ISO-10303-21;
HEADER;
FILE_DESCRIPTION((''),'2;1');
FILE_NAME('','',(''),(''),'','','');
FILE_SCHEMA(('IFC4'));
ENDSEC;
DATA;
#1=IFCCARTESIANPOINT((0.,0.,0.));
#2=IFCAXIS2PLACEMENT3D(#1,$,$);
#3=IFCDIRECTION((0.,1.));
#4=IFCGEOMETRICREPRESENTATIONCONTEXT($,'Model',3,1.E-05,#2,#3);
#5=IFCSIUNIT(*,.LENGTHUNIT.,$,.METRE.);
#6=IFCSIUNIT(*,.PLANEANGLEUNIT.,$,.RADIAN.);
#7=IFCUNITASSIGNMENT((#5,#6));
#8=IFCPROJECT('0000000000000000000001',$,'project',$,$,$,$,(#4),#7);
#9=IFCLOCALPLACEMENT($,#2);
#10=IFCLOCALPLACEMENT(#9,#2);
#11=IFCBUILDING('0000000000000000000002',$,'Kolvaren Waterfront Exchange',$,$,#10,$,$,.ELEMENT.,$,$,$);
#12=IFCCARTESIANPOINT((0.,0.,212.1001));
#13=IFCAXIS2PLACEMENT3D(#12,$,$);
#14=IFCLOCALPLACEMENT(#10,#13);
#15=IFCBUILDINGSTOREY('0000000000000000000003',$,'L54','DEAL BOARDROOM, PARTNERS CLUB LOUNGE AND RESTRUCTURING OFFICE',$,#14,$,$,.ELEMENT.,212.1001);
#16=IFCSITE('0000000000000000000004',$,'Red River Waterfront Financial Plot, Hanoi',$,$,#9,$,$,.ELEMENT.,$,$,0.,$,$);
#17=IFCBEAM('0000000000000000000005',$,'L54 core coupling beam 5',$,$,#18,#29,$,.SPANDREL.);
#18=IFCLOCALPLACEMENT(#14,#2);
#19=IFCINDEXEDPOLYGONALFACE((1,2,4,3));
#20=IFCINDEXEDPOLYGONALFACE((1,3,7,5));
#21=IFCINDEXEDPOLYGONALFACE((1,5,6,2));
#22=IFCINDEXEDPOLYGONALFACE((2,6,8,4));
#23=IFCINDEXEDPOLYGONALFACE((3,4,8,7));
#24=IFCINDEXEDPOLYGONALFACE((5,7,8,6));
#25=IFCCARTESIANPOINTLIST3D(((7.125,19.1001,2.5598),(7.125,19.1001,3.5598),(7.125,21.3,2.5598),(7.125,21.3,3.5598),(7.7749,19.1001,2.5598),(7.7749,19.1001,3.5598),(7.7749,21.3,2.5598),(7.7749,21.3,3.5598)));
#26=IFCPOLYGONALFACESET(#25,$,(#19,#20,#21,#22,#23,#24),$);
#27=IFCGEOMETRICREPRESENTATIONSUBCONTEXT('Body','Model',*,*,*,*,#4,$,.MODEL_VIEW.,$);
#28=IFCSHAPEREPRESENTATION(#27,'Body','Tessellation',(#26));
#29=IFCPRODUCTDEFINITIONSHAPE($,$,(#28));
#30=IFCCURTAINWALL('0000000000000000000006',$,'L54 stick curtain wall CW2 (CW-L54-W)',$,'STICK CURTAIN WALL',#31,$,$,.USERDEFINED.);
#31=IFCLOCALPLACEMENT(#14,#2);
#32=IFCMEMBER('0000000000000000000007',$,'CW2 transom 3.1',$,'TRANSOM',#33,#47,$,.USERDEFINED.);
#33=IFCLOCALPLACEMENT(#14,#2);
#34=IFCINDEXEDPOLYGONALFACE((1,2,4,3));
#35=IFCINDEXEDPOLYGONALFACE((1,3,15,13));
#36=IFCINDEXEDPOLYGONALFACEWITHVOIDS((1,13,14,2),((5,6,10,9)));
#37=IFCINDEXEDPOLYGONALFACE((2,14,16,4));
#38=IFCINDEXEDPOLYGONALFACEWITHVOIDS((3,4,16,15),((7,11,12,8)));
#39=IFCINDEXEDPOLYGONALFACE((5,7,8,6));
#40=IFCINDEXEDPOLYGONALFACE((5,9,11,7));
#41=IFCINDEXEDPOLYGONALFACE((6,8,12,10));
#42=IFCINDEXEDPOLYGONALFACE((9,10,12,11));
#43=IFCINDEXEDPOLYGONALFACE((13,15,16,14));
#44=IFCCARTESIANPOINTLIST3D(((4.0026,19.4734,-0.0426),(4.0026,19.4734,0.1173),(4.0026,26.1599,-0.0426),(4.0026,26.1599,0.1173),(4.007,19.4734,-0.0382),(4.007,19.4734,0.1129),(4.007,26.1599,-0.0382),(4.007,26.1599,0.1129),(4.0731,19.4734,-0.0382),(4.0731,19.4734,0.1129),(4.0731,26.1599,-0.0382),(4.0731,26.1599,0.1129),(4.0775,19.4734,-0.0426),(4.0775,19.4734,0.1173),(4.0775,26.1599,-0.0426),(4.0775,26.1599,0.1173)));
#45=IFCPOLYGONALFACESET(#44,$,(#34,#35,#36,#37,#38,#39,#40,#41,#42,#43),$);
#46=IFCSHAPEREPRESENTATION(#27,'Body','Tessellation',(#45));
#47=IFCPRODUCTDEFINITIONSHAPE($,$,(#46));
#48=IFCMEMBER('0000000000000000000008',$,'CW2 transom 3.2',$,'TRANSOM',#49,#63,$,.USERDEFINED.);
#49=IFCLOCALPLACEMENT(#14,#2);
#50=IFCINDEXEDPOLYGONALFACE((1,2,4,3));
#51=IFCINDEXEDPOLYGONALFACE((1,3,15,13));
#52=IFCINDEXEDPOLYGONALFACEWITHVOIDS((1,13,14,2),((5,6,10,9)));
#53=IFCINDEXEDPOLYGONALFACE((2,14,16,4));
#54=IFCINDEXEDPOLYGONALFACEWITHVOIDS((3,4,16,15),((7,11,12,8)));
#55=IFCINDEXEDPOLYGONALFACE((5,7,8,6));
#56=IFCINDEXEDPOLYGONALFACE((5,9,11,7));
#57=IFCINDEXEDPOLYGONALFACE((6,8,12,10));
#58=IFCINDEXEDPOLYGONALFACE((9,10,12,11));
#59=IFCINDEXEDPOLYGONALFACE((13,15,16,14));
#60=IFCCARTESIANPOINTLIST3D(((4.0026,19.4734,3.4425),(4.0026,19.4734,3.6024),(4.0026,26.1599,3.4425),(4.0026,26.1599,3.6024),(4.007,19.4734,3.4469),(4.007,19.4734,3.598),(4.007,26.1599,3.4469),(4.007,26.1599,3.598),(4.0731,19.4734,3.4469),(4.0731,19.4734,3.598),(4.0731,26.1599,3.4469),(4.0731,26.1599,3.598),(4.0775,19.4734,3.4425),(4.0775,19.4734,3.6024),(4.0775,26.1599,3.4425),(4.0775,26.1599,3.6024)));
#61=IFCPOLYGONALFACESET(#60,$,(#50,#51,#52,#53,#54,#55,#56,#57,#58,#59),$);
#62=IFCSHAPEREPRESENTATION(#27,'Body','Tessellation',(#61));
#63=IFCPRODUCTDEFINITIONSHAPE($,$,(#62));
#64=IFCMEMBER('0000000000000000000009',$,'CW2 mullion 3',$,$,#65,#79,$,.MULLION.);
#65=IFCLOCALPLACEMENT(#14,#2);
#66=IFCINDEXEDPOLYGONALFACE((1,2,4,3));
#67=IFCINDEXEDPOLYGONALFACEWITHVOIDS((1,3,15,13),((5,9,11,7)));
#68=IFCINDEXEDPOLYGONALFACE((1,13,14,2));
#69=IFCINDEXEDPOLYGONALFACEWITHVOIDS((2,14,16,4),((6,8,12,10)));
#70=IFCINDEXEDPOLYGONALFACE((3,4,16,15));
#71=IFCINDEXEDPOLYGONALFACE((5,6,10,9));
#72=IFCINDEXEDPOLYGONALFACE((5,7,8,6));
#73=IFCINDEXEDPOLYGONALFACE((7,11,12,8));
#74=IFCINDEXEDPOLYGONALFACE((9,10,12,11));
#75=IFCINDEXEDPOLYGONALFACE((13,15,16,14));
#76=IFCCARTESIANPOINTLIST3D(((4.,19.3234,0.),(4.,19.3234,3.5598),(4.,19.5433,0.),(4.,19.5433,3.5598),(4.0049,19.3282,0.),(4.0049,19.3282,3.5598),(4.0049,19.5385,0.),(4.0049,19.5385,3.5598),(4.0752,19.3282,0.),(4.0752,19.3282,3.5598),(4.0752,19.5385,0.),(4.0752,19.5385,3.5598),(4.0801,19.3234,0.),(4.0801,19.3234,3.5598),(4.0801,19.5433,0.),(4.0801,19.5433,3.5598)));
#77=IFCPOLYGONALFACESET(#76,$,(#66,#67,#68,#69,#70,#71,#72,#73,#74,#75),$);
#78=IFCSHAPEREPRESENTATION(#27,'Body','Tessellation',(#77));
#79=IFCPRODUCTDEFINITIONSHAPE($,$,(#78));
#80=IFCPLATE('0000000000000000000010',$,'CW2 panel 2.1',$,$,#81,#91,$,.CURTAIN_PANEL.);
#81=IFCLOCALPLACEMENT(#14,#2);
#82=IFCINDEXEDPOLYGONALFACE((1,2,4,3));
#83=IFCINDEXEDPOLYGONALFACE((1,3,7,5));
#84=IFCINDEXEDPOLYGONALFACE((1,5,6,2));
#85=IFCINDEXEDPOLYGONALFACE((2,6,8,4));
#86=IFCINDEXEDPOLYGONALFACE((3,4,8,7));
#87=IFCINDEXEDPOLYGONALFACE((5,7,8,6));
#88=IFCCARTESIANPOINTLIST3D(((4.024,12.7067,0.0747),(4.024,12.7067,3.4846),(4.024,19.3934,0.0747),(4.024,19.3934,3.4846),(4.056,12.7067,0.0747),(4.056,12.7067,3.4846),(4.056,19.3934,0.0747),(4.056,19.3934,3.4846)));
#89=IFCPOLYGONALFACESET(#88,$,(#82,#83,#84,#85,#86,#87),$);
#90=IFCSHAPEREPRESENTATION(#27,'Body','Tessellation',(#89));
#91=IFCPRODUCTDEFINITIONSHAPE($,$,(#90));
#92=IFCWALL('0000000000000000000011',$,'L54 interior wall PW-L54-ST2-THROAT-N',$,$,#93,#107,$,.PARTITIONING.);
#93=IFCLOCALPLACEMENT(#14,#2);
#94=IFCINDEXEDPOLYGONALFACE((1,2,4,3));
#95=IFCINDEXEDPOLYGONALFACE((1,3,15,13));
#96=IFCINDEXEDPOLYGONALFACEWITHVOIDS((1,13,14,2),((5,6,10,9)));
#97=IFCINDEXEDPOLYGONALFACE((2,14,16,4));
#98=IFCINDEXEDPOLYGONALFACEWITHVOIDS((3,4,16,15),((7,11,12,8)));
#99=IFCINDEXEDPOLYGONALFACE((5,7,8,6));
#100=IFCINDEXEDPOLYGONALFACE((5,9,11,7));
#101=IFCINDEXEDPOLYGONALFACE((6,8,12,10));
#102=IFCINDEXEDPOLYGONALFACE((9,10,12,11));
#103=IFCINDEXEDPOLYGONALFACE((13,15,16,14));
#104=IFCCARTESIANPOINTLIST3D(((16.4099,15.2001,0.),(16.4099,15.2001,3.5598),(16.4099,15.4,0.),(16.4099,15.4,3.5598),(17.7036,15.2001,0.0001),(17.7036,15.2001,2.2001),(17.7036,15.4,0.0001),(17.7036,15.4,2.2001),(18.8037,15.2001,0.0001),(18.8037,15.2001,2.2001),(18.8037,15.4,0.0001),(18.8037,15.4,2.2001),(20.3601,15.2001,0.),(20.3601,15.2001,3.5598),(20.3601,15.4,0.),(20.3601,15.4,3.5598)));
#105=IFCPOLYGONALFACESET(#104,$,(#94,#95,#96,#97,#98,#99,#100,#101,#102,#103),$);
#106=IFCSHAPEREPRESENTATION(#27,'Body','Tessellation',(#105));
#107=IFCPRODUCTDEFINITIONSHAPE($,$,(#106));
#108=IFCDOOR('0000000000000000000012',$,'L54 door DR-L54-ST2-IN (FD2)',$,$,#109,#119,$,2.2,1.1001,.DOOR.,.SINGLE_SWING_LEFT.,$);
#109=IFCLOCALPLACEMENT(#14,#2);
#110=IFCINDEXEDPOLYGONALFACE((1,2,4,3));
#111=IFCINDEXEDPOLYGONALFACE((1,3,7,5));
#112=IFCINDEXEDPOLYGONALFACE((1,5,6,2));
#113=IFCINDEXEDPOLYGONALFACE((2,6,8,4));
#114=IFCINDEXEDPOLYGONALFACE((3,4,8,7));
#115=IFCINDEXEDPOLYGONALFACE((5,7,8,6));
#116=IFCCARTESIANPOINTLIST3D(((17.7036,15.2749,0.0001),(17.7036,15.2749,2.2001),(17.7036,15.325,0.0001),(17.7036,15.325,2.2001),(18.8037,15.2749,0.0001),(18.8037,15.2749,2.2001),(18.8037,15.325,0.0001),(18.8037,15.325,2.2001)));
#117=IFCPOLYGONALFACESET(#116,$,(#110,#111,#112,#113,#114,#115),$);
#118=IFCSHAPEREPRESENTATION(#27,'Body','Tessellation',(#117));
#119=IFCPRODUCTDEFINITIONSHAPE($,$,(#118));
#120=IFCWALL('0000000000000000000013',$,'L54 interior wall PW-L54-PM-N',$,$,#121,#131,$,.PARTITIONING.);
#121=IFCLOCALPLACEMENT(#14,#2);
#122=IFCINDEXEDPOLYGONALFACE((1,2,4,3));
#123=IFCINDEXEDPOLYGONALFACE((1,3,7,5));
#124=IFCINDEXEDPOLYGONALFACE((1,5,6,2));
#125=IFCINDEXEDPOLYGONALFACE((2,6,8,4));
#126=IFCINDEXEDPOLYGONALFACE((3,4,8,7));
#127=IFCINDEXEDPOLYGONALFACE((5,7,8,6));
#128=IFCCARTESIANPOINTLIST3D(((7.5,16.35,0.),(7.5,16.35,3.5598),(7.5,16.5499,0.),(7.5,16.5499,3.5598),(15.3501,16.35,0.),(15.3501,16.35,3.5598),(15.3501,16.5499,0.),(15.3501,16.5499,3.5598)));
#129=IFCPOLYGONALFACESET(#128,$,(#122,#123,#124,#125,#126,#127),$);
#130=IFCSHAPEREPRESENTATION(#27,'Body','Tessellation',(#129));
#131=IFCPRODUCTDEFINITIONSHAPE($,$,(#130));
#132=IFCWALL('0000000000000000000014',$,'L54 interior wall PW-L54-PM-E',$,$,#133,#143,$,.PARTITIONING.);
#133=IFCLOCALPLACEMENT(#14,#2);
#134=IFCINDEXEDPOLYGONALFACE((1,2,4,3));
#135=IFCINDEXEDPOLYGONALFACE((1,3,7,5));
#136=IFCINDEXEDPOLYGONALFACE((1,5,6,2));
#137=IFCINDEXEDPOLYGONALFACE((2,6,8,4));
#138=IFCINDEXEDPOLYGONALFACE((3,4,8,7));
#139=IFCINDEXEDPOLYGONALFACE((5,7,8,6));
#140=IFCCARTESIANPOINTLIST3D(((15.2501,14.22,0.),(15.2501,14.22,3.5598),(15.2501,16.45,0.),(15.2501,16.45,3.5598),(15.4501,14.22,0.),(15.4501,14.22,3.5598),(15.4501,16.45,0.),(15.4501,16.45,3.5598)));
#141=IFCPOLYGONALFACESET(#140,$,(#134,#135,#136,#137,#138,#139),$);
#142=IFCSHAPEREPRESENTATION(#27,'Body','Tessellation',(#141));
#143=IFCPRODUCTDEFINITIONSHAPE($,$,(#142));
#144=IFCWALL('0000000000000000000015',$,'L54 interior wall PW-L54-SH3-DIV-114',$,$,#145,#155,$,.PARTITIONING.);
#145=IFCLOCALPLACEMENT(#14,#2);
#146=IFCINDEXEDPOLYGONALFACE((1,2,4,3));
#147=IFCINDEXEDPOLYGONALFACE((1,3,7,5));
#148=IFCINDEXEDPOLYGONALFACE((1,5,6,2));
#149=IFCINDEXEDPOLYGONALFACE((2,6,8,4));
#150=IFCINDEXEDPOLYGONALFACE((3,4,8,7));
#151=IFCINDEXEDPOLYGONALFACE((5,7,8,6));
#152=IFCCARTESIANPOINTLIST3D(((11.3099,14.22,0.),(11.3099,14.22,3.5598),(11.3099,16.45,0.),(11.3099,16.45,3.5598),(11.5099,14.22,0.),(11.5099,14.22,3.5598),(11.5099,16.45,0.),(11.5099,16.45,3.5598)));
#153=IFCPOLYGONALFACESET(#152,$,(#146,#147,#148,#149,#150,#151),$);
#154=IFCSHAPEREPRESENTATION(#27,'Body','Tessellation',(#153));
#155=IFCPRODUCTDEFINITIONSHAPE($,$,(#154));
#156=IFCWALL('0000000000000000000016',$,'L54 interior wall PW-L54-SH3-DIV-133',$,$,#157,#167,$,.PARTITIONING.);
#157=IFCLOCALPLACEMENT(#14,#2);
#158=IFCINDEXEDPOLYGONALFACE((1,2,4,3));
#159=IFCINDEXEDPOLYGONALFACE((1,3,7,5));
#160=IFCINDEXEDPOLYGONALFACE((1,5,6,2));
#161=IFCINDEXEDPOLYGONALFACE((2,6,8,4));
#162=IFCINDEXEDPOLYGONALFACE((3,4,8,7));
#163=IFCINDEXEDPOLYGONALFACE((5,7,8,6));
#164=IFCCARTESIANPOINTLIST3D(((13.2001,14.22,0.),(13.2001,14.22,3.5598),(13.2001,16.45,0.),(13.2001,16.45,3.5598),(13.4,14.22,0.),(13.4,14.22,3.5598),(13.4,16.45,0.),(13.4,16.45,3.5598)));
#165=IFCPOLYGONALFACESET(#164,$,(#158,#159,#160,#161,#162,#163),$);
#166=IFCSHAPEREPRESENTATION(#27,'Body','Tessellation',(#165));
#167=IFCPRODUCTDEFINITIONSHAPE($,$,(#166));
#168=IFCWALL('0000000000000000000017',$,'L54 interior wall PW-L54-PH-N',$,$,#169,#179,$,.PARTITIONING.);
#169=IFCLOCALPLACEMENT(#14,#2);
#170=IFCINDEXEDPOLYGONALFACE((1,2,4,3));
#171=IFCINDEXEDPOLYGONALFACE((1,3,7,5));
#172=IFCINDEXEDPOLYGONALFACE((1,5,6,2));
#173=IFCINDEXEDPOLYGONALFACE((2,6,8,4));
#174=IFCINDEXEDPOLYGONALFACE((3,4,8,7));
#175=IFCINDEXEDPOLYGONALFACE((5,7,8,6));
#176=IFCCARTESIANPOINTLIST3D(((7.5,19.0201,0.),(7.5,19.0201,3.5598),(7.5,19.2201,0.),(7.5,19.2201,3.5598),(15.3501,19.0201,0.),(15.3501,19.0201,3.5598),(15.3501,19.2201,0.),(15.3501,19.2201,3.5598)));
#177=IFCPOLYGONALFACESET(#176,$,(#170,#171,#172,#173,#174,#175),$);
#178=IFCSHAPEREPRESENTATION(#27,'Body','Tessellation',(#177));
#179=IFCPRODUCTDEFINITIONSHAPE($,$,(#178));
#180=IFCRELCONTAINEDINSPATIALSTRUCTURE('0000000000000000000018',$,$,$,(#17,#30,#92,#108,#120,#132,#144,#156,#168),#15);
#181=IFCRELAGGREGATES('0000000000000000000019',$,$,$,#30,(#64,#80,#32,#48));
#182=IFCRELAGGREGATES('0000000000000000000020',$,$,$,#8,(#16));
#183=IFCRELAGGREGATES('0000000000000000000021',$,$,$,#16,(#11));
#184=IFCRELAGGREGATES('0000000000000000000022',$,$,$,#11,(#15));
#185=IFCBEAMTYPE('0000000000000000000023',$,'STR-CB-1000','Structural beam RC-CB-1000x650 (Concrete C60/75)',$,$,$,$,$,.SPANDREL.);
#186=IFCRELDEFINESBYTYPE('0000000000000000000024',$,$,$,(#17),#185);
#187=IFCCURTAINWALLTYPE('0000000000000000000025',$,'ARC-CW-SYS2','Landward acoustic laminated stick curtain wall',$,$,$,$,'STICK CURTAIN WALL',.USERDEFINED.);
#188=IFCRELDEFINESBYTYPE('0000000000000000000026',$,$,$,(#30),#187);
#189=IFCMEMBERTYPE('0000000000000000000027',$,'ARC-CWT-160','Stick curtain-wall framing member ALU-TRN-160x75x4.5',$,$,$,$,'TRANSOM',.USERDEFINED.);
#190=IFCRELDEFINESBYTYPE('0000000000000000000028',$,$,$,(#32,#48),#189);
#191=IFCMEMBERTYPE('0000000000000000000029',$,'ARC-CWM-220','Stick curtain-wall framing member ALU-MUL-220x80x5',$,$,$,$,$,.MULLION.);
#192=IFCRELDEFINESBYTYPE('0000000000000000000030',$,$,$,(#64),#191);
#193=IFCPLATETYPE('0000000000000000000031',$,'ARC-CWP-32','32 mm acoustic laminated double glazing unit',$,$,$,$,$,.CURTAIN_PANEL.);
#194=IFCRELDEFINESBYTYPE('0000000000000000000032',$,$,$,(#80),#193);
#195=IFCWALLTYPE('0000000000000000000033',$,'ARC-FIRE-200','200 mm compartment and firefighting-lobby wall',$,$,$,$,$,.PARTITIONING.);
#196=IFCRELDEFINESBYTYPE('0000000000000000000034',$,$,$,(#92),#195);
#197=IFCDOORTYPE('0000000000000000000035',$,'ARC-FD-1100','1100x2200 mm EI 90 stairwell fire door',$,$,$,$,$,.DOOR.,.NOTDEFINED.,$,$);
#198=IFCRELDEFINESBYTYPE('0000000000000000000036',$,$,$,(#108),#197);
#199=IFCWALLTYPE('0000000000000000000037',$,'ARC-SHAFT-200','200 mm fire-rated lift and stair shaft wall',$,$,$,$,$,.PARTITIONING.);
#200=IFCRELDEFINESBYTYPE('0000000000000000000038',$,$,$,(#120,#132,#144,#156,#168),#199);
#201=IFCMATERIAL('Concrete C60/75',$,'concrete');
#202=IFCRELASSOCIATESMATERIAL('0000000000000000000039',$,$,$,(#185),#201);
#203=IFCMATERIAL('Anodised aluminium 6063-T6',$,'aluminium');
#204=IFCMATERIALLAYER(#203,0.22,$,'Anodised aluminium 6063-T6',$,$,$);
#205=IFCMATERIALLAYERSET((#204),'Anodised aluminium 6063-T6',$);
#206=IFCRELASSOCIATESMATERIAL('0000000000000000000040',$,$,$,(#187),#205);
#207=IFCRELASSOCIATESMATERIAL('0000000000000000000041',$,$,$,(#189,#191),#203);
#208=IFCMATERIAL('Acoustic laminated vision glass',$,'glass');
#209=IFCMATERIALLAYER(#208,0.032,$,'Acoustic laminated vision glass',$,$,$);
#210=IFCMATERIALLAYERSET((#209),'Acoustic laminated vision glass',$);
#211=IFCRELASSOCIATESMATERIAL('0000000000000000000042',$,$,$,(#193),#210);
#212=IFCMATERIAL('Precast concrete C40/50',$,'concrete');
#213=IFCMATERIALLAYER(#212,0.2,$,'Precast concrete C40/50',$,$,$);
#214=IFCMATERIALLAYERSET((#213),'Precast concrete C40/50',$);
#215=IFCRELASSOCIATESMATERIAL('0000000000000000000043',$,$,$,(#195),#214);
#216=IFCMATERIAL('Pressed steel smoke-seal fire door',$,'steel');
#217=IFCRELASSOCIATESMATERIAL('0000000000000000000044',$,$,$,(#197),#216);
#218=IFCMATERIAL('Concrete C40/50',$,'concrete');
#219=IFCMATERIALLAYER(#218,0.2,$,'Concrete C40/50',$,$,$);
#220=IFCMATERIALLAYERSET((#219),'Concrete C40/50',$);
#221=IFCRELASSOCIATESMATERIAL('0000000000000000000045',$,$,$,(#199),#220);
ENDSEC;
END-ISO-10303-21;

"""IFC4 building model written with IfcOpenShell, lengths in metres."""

from ifc_helpers import new_model, si_unit, direction, frame, frame_2d, origin, origin_with_axes, origin_2d, place, context, subcontext, project, spatial, rectangle, hollow_rectangle, extrude, source, transform, mapped, material, layer, layer_set, material_profile, profile_set, type_object, element, fill, aggregate, save


model = new_model("IFC4")

# Units and contexts
model_context = context("Model", 3, precision=1e-05, world=origin(), true_north=direction((0.0, 1.0)))
body_context = subcontext(model_context, "Body", "Model", "MODEL_VIEW")
ifc_project = project(units=[si_unit("LENGTHUNIT", "METRE"), si_unit("PLANEANGLEUNIT", "RADIAN")], contexts=[model_context])

# Site, building, storey
site_placement = place(None, origin())
site = spatial("IfcSite", under=ifc_project, at=site_placement, Name="Red River Waterfront Financial Plot, Hanoi", CompositionType="ELEMENT", RefElevation=0.0)
building_placement = place(site_placement, origin())
building = spatial("IfcBuilding", under=site, at=building_placement, Name="Kolvaren Waterfront Exchange", CompositionType="ELEMENT")
storey_placement = place(building_placement, frame((0.0, 0.0, 212.1001)))
storey = spatial("IfcBuildingStorey", under=building, at=storey_placement, Name="L54", Description="DEAL BOARDROOM, PARTNERS CLUB LOUNGE AND RESTRUCTURING OFFICE", CompositionType="ELEMENT", Elevation=212.1001)

# Beam
ifc_material_1 = material(Name="Concrete C60/75", Category="concrete")
ifc_material_profile_1 = material_profile(ifc_material_1, rectangle(XDim=0.6499, YDim=1.0, at=origin_2d()), Name="RC-CB-1000x650")
ifc_profile_set_1 = profile_set([ifc_material_profile_1], Name="Concrete C60/75")
beam_type = type_object("IfcBeamType", Name="STR-CB-1000", Description="Structural beam RC-CB-1000x650 (Concrete C60/75)", PredefinedType="SPANDREL", material=ifc_profile_set_1)
beam_placement = place(storey_placement, frame((7.45, 19.1001, 3.0598), z_axis=(0.0, 1.0, 0.0), x_axis=(-1.0, 0.0, 0.0)))
element("IfcBeam", 1, at=beam_placement, inside=storey, type_object=beam_type, Name="L54 core coupling beam 5", PredefinedType="SPANDREL", context=body_context, shape_type="SweptSolid", body=[
    extrude(rectangle(XDim=0.6499, YDim=1.0, at=origin_2d()), origin(), (0.0, 0.0, 1.0), 2.2),
])

# Curtain wall, members, plate
ifc_material_2 = material(Name="Anodised aluminium 6063-T6", Category="aluminium")
ifc_layer_1 = layer(ifc_material_2, 0.22, Name="Anodised aluminium 6063-T6")
ifc_layer_set_1 = layer_set([ifc_layer_1], Name="Anodised aluminium 6063-T6")
curtain_wall_type = type_object("IfcCurtainWallType", Name="ARC-CW-SYS2", Description="Landward acoustic laminated stick curtain wall", ElementType="STICK CURTAIN WALL", PredefinedType="USERDEFINED", material=ifc_layer_set_1)
curtain_wall_placement = place(storey_placement, origin())
curtain_wall = element("IfcCurtainWall", 2, at=curtain_wall_placement, inside=storey, type_object=curtain_wall_type, Name="L54 stick curtain wall CW2 (CW-L54-W)", ObjectType="STICK CURTAIN WALL", PredefinedType="USERDEFINED")
ifc_material_profile_2 = material_profile(ifc_material_2, hollow_rectangle(XDim=0.075, YDim=0.1599, WallThickness=0.0044, at=origin_2d()), Name="ALU-TRN-160x75x4.5")
ifc_profile_set_2 = profile_set([ifc_material_profile_2], Name="Anodised aluminium 6063-T6")
member_type_1 = type_object("IfcMemberType", Name="ARC-CWT-160", Description="Stick curtain-wall framing member ALU-TRN-160x75x4.5", ElementType="TRANSOM", PredefinedType="USERDEFINED", material=ifc_profile_set_2)
shared_shape_1 = source(origin_with_axes(), body_context, "Body", "SweptSolid", [
    extrude(hollow_rectangle(XDim=0.075, YDim=0.1599, WallThickness=0.0044, at=origin_2d()), origin(), (0.0, 0.0, 1.0), 6.6865),
])
member_1_placement = place(storey_placement, frame((4.04, 19.4734, 0.0374), z_axis=(0.0, 1.0, 0.0), x_axis=(-1.0, 0.0, 0.0)))
member_1 = element("IfcMember", 3, at=member_1_placement, type_object=member_type_1, Name="CW2 transom 3.1", ObjectType="TRANSOM", PredefinedType="USERDEFINED", context=body_context, shape_type="MappedRepresentation", body=[
    mapped(shared_shape_1, transform((0.0, 0.0, 0.0), x_axis=(1.0, 0.0, 0.0), y_axis=(0.0, 1.0, 0.0), z_axis=(0.0, 0.0, 1.0), scale=1.0)),
])
member_2_placement = place(storey_placement, frame((4.04, 19.4734, 3.5225), z_axis=(0.0, 1.0, 0.0), x_axis=(-1.0, 0.0, 0.0)))
member_2 = element("IfcMember", 4, at=member_2_placement, type_object=member_type_1, Name="CW2 transom 3.2", ObjectType="TRANSOM", PredefinedType="USERDEFINED", context=body_context, shape_type="MappedRepresentation", body=[
    mapped(shared_shape_1, transform((0.0, 0.0, 0.0), x_axis=(1.0, 0.0, 0.0), y_axis=(0.0, 1.0, 0.0), z_axis=(0.0, 0.0, 1.0), scale=1.0)),
])
ifc_material_profile_3 = material_profile(ifc_material_2, hollow_rectangle(XDim=0.0801, YDim=0.22, WallThickness=0.0049, at=origin_2d()), Name="ALU-MUL-220x80x5")
ifc_profile_set_3 = profile_set([ifc_material_profile_3], Name="Anodised aluminium 6063-T6")
member_type_2 = type_object("IfcMemberType", Name="ARC-CWM-220", Description="Stick curtain-wall framing member ALU-MUL-220x80x5", PredefinedType="MULLION", material=ifc_profile_set_3)
shared_shape_2 = source(origin_with_axes(), body_context, "Body", "SweptSolid", [
    extrude(hollow_rectangle(XDim=0.0801, YDim=0.22, WallThickness=0.0049, at=origin_2d()), origin(), (0.0, 0.0, 1.0), 3.5598),
])
member_3_placement = place(storey_placement, frame((4.04, 19.4333, 0.0), z_axis=(0.0, 0.0, 1.0), x_axis=(-1.0, 0.0, 0.0)))
member_3 = element("IfcMember", 5, at=member_3_placement, type_object=member_type_2, Name="CW2 mullion 3", PredefinedType="MULLION", context=body_context, shape_type="MappedRepresentation", body=[
    mapped(shared_shape_2, transform((0.0, 0.0, 0.0), x_axis=(1.0, 0.0, 0.0), y_axis=(0.0, 1.0, 0.0), z_axis=(0.0, 0.0, 1.0), scale=1.0)),
])
ifc_material_3 = material(Name="Acoustic laminated vision glass", Category="glass")
ifc_layer_2 = layer(ifc_material_3, 0.032, Name="Acoustic laminated vision glass")
ifc_layer_set_2 = layer_set([ifc_layer_2], Name="Acoustic laminated vision glass")
plate_type = type_object("IfcPlateType", Name="ARC-CWP-32", Description="32 mm acoustic laminated double glazing unit", PredefinedType="CURTAIN_PANEL", material=ifc_layer_set_2)
shared_shape_3 = source(origin_with_axes(), body_context, "Body", "SweptSolid", [
    extrude(rectangle(XDim=6.6868, YDim=0.032, at=origin_2d()), origin(), (0.0, 0.0, 1.0), 3.4099),
])
plate_placement = place(storey_placement, frame((4.04, 16.05, 0.0747), z_axis=(0.0, 0.0, 1.0), x_axis=(0.0, 1.0, 0.0)))
plate = element("IfcPlate", 6, at=plate_placement, type_object=plate_type, Name="CW2 panel 2.1", PredefinedType="CURTAIN_PANEL", context=body_context, shape_type="MappedRepresentation", body=[
    mapped(shared_shape_3, transform((0.0, 0.0, 0.0), x_axis=(1.0, 0.0, 0.0), y_axis=(0.0, 1.0, 0.0), z_axis=(0.0, 0.0, 1.0), scale=1.0)),
])
aggregate(curtain_wall, [member_3, plate, member_1, member_2])

# Wall, opening, door
ifc_material_4 = material(Name="Precast concrete C40/50", Category="concrete")
ifc_layer_3 = layer(ifc_material_4, 0.2, Name="Precast concrete C40/50")
ifc_layer_set_3 = layer_set([ifc_layer_3], Name="Precast concrete C40/50")
wall_type_1 = type_object("IfcWallType", Name="ARC-FIRE-200", Description="200 mm compartment and firefighting-lobby wall", PredefinedType="PARTITIONING", material=ifc_layer_set_3)
wall_1_placement = place(storey_placement, frame((16.4099, 15.3, 0.0), z_axis=(0.0, 0.0, 1.0), x_axis=(1.0, 0.0, 0.0)))
wall_1 = element("IfcWall", 7, at=wall_1_placement, inside=storey, type_object=wall_type_1, Name="L54 interior wall PW-L54-ST2-THROAT-N", PredefinedType="PARTITIONING", context=body_context, shape_type="SweptSolid", body=[
    extrude(rectangle(XDim=3.9502, YDim=0.2, at=frame_2d((1.9751, 0.0))), origin(), (0.0, 0.0, 1.0), 3.5598),
])
opening_placement = place(wall_1_placement, frame((1.2937, 0.0, 0.0)))
opening = element("IfcOpeningElement", 8, at=opening_placement, cuts=wall_1, PredefinedType="OPENING", context=body_context, shape_type="SweptSolid", body=[
    extrude(rectangle(XDim=1.1001, YDim=2.2, at=frame_2d((0.55, 1.1001))), frame((0.0, 0.1099, 0.0), z_axis=(0.0, -1.0, 0.0), x_axis=(1.0, 0.0, 0.0)), (0.0, 0.0, 1.0), 0.22),
])
ifc_material_5 = material(Name="Pressed steel smoke-seal fire door", Category="steel")
door_type = type_object("IfcDoorType", Name="ARC-FD-1100", Description="1100x2200 mm EI 90 stairwell fire door", OperationType="NOTDEFINED", PredefinedType="DOOR", material=ifc_material_5)
door_placement = place(opening_placement, origin())
door = element("IfcDoor", 9, at=door_placement, inside=storey, type_object=door_type, Name="L54 door DR-L54-ST2-IN (FD2)", OperationType="SINGLE_SWING_LEFT", OverallHeight=2.2, OverallWidth=1.1001, PredefinedType="DOOR", context=body_context, shape_type="SweptSolid", body=[
    extrude(rectangle(XDim=1.1001, YDim=2.2, at=frame_2d((0.55, 1.1001))), frame((0.0, 0.0249, 0.0), z_axis=(0.0, -1.0, 0.0), x_axis=(1.0, 0.0, 0.0)), (0.0, 0.0, 1.0), 0.05),
])
fill(opening, door)

# Walls
ifc_material_6 = material(Name="Concrete C40/50", Category="concrete")
ifc_layer_4 = layer(ifc_material_6, 0.2, Name="Concrete C40/50")
ifc_layer_set_4 = layer_set([ifc_layer_4], Name="Concrete C40/50")
wall_type_2 = type_object("IfcWallType", Name="ARC-SHAFT-200", Description="200 mm fire-rated lift and stair shaft wall", PredefinedType="PARTITIONING", material=ifc_layer_set_4)
wall_2_placement = place(storey_placement, frame((7.5, 16.45, 0.0), z_axis=(0.0, 0.0, 1.0), x_axis=(1.0, 0.0, 0.0)))
element("IfcWall", 10, at=wall_2_placement, inside=storey, type_object=wall_type_2, Name="L54 interior wall PW-L54-PM-N", PredefinedType="PARTITIONING", context=body_context, shape_type="SweptSolid", body=[
    extrude(rectangle(XDim=7.8501, YDim=0.2, at=frame_2d((3.925, 0.0))), origin(), (0.0, 0.0, 1.0), 3.5598),
])
for number, where, z_axis, x_axis, name in (
    (11, (15.3501, 14.22, 0.0), (0.0, 0.0, 1.0), (0.0, 1.0, 0.0), "L54 interior wall PW-L54-PM-E"),
    (12, (11.4099, 14.22, 0.0), (0.0, 0.0, 1.0), (0.0, 1.0, 0.0), "L54 interior wall PW-L54-SH3-DIV-114"),
    (13, (13.3, 14.22, 0.0), (0.0, 0.0, 1.0), (0.0, 1.0, 0.0), "L54 interior wall PW-L54-SH3-DIV-133"),
):
    element("IfcWall", number, at=place(storey_placement, frame(where, z_axis=z_axis, x_axis=x_axis)), inside=storey, type_object=wall_type_2, Name=name, PredefinedType="PARTITIONING", context=body_context, shape_type="SweptSolid", body=[
        extrude(rectangle(XDim=2.23, YDim=0.2, at=frame_2d((1.115, 0.0))), origin(), (0.0, 0.0, 1.0), 3.5598),
    ])
wall_3_placement = place(storey_placement, frame((7.5, 19.1201, 0.0), z_axis=(0.0, 0.0, 1.0), x_axis=(1.0, 0.0, 0.0)))
element("IfcWall", 14, at=wall_3_placement, inside=storey, type_object=wall_type_2, Name="L54 interior wall PW-L54-PH-N", PredefinedType="PARTITIONING", context=body_context, shape_type="SweptSolid", body=[
    extrude(rectangle(XDim=7.8501, YDim=0.2, at=frame_2d((3.925, 0.0))), origin(), (0.0, 0.0, 1.0), 3.5598),
])

save(model, "model.ifc")
